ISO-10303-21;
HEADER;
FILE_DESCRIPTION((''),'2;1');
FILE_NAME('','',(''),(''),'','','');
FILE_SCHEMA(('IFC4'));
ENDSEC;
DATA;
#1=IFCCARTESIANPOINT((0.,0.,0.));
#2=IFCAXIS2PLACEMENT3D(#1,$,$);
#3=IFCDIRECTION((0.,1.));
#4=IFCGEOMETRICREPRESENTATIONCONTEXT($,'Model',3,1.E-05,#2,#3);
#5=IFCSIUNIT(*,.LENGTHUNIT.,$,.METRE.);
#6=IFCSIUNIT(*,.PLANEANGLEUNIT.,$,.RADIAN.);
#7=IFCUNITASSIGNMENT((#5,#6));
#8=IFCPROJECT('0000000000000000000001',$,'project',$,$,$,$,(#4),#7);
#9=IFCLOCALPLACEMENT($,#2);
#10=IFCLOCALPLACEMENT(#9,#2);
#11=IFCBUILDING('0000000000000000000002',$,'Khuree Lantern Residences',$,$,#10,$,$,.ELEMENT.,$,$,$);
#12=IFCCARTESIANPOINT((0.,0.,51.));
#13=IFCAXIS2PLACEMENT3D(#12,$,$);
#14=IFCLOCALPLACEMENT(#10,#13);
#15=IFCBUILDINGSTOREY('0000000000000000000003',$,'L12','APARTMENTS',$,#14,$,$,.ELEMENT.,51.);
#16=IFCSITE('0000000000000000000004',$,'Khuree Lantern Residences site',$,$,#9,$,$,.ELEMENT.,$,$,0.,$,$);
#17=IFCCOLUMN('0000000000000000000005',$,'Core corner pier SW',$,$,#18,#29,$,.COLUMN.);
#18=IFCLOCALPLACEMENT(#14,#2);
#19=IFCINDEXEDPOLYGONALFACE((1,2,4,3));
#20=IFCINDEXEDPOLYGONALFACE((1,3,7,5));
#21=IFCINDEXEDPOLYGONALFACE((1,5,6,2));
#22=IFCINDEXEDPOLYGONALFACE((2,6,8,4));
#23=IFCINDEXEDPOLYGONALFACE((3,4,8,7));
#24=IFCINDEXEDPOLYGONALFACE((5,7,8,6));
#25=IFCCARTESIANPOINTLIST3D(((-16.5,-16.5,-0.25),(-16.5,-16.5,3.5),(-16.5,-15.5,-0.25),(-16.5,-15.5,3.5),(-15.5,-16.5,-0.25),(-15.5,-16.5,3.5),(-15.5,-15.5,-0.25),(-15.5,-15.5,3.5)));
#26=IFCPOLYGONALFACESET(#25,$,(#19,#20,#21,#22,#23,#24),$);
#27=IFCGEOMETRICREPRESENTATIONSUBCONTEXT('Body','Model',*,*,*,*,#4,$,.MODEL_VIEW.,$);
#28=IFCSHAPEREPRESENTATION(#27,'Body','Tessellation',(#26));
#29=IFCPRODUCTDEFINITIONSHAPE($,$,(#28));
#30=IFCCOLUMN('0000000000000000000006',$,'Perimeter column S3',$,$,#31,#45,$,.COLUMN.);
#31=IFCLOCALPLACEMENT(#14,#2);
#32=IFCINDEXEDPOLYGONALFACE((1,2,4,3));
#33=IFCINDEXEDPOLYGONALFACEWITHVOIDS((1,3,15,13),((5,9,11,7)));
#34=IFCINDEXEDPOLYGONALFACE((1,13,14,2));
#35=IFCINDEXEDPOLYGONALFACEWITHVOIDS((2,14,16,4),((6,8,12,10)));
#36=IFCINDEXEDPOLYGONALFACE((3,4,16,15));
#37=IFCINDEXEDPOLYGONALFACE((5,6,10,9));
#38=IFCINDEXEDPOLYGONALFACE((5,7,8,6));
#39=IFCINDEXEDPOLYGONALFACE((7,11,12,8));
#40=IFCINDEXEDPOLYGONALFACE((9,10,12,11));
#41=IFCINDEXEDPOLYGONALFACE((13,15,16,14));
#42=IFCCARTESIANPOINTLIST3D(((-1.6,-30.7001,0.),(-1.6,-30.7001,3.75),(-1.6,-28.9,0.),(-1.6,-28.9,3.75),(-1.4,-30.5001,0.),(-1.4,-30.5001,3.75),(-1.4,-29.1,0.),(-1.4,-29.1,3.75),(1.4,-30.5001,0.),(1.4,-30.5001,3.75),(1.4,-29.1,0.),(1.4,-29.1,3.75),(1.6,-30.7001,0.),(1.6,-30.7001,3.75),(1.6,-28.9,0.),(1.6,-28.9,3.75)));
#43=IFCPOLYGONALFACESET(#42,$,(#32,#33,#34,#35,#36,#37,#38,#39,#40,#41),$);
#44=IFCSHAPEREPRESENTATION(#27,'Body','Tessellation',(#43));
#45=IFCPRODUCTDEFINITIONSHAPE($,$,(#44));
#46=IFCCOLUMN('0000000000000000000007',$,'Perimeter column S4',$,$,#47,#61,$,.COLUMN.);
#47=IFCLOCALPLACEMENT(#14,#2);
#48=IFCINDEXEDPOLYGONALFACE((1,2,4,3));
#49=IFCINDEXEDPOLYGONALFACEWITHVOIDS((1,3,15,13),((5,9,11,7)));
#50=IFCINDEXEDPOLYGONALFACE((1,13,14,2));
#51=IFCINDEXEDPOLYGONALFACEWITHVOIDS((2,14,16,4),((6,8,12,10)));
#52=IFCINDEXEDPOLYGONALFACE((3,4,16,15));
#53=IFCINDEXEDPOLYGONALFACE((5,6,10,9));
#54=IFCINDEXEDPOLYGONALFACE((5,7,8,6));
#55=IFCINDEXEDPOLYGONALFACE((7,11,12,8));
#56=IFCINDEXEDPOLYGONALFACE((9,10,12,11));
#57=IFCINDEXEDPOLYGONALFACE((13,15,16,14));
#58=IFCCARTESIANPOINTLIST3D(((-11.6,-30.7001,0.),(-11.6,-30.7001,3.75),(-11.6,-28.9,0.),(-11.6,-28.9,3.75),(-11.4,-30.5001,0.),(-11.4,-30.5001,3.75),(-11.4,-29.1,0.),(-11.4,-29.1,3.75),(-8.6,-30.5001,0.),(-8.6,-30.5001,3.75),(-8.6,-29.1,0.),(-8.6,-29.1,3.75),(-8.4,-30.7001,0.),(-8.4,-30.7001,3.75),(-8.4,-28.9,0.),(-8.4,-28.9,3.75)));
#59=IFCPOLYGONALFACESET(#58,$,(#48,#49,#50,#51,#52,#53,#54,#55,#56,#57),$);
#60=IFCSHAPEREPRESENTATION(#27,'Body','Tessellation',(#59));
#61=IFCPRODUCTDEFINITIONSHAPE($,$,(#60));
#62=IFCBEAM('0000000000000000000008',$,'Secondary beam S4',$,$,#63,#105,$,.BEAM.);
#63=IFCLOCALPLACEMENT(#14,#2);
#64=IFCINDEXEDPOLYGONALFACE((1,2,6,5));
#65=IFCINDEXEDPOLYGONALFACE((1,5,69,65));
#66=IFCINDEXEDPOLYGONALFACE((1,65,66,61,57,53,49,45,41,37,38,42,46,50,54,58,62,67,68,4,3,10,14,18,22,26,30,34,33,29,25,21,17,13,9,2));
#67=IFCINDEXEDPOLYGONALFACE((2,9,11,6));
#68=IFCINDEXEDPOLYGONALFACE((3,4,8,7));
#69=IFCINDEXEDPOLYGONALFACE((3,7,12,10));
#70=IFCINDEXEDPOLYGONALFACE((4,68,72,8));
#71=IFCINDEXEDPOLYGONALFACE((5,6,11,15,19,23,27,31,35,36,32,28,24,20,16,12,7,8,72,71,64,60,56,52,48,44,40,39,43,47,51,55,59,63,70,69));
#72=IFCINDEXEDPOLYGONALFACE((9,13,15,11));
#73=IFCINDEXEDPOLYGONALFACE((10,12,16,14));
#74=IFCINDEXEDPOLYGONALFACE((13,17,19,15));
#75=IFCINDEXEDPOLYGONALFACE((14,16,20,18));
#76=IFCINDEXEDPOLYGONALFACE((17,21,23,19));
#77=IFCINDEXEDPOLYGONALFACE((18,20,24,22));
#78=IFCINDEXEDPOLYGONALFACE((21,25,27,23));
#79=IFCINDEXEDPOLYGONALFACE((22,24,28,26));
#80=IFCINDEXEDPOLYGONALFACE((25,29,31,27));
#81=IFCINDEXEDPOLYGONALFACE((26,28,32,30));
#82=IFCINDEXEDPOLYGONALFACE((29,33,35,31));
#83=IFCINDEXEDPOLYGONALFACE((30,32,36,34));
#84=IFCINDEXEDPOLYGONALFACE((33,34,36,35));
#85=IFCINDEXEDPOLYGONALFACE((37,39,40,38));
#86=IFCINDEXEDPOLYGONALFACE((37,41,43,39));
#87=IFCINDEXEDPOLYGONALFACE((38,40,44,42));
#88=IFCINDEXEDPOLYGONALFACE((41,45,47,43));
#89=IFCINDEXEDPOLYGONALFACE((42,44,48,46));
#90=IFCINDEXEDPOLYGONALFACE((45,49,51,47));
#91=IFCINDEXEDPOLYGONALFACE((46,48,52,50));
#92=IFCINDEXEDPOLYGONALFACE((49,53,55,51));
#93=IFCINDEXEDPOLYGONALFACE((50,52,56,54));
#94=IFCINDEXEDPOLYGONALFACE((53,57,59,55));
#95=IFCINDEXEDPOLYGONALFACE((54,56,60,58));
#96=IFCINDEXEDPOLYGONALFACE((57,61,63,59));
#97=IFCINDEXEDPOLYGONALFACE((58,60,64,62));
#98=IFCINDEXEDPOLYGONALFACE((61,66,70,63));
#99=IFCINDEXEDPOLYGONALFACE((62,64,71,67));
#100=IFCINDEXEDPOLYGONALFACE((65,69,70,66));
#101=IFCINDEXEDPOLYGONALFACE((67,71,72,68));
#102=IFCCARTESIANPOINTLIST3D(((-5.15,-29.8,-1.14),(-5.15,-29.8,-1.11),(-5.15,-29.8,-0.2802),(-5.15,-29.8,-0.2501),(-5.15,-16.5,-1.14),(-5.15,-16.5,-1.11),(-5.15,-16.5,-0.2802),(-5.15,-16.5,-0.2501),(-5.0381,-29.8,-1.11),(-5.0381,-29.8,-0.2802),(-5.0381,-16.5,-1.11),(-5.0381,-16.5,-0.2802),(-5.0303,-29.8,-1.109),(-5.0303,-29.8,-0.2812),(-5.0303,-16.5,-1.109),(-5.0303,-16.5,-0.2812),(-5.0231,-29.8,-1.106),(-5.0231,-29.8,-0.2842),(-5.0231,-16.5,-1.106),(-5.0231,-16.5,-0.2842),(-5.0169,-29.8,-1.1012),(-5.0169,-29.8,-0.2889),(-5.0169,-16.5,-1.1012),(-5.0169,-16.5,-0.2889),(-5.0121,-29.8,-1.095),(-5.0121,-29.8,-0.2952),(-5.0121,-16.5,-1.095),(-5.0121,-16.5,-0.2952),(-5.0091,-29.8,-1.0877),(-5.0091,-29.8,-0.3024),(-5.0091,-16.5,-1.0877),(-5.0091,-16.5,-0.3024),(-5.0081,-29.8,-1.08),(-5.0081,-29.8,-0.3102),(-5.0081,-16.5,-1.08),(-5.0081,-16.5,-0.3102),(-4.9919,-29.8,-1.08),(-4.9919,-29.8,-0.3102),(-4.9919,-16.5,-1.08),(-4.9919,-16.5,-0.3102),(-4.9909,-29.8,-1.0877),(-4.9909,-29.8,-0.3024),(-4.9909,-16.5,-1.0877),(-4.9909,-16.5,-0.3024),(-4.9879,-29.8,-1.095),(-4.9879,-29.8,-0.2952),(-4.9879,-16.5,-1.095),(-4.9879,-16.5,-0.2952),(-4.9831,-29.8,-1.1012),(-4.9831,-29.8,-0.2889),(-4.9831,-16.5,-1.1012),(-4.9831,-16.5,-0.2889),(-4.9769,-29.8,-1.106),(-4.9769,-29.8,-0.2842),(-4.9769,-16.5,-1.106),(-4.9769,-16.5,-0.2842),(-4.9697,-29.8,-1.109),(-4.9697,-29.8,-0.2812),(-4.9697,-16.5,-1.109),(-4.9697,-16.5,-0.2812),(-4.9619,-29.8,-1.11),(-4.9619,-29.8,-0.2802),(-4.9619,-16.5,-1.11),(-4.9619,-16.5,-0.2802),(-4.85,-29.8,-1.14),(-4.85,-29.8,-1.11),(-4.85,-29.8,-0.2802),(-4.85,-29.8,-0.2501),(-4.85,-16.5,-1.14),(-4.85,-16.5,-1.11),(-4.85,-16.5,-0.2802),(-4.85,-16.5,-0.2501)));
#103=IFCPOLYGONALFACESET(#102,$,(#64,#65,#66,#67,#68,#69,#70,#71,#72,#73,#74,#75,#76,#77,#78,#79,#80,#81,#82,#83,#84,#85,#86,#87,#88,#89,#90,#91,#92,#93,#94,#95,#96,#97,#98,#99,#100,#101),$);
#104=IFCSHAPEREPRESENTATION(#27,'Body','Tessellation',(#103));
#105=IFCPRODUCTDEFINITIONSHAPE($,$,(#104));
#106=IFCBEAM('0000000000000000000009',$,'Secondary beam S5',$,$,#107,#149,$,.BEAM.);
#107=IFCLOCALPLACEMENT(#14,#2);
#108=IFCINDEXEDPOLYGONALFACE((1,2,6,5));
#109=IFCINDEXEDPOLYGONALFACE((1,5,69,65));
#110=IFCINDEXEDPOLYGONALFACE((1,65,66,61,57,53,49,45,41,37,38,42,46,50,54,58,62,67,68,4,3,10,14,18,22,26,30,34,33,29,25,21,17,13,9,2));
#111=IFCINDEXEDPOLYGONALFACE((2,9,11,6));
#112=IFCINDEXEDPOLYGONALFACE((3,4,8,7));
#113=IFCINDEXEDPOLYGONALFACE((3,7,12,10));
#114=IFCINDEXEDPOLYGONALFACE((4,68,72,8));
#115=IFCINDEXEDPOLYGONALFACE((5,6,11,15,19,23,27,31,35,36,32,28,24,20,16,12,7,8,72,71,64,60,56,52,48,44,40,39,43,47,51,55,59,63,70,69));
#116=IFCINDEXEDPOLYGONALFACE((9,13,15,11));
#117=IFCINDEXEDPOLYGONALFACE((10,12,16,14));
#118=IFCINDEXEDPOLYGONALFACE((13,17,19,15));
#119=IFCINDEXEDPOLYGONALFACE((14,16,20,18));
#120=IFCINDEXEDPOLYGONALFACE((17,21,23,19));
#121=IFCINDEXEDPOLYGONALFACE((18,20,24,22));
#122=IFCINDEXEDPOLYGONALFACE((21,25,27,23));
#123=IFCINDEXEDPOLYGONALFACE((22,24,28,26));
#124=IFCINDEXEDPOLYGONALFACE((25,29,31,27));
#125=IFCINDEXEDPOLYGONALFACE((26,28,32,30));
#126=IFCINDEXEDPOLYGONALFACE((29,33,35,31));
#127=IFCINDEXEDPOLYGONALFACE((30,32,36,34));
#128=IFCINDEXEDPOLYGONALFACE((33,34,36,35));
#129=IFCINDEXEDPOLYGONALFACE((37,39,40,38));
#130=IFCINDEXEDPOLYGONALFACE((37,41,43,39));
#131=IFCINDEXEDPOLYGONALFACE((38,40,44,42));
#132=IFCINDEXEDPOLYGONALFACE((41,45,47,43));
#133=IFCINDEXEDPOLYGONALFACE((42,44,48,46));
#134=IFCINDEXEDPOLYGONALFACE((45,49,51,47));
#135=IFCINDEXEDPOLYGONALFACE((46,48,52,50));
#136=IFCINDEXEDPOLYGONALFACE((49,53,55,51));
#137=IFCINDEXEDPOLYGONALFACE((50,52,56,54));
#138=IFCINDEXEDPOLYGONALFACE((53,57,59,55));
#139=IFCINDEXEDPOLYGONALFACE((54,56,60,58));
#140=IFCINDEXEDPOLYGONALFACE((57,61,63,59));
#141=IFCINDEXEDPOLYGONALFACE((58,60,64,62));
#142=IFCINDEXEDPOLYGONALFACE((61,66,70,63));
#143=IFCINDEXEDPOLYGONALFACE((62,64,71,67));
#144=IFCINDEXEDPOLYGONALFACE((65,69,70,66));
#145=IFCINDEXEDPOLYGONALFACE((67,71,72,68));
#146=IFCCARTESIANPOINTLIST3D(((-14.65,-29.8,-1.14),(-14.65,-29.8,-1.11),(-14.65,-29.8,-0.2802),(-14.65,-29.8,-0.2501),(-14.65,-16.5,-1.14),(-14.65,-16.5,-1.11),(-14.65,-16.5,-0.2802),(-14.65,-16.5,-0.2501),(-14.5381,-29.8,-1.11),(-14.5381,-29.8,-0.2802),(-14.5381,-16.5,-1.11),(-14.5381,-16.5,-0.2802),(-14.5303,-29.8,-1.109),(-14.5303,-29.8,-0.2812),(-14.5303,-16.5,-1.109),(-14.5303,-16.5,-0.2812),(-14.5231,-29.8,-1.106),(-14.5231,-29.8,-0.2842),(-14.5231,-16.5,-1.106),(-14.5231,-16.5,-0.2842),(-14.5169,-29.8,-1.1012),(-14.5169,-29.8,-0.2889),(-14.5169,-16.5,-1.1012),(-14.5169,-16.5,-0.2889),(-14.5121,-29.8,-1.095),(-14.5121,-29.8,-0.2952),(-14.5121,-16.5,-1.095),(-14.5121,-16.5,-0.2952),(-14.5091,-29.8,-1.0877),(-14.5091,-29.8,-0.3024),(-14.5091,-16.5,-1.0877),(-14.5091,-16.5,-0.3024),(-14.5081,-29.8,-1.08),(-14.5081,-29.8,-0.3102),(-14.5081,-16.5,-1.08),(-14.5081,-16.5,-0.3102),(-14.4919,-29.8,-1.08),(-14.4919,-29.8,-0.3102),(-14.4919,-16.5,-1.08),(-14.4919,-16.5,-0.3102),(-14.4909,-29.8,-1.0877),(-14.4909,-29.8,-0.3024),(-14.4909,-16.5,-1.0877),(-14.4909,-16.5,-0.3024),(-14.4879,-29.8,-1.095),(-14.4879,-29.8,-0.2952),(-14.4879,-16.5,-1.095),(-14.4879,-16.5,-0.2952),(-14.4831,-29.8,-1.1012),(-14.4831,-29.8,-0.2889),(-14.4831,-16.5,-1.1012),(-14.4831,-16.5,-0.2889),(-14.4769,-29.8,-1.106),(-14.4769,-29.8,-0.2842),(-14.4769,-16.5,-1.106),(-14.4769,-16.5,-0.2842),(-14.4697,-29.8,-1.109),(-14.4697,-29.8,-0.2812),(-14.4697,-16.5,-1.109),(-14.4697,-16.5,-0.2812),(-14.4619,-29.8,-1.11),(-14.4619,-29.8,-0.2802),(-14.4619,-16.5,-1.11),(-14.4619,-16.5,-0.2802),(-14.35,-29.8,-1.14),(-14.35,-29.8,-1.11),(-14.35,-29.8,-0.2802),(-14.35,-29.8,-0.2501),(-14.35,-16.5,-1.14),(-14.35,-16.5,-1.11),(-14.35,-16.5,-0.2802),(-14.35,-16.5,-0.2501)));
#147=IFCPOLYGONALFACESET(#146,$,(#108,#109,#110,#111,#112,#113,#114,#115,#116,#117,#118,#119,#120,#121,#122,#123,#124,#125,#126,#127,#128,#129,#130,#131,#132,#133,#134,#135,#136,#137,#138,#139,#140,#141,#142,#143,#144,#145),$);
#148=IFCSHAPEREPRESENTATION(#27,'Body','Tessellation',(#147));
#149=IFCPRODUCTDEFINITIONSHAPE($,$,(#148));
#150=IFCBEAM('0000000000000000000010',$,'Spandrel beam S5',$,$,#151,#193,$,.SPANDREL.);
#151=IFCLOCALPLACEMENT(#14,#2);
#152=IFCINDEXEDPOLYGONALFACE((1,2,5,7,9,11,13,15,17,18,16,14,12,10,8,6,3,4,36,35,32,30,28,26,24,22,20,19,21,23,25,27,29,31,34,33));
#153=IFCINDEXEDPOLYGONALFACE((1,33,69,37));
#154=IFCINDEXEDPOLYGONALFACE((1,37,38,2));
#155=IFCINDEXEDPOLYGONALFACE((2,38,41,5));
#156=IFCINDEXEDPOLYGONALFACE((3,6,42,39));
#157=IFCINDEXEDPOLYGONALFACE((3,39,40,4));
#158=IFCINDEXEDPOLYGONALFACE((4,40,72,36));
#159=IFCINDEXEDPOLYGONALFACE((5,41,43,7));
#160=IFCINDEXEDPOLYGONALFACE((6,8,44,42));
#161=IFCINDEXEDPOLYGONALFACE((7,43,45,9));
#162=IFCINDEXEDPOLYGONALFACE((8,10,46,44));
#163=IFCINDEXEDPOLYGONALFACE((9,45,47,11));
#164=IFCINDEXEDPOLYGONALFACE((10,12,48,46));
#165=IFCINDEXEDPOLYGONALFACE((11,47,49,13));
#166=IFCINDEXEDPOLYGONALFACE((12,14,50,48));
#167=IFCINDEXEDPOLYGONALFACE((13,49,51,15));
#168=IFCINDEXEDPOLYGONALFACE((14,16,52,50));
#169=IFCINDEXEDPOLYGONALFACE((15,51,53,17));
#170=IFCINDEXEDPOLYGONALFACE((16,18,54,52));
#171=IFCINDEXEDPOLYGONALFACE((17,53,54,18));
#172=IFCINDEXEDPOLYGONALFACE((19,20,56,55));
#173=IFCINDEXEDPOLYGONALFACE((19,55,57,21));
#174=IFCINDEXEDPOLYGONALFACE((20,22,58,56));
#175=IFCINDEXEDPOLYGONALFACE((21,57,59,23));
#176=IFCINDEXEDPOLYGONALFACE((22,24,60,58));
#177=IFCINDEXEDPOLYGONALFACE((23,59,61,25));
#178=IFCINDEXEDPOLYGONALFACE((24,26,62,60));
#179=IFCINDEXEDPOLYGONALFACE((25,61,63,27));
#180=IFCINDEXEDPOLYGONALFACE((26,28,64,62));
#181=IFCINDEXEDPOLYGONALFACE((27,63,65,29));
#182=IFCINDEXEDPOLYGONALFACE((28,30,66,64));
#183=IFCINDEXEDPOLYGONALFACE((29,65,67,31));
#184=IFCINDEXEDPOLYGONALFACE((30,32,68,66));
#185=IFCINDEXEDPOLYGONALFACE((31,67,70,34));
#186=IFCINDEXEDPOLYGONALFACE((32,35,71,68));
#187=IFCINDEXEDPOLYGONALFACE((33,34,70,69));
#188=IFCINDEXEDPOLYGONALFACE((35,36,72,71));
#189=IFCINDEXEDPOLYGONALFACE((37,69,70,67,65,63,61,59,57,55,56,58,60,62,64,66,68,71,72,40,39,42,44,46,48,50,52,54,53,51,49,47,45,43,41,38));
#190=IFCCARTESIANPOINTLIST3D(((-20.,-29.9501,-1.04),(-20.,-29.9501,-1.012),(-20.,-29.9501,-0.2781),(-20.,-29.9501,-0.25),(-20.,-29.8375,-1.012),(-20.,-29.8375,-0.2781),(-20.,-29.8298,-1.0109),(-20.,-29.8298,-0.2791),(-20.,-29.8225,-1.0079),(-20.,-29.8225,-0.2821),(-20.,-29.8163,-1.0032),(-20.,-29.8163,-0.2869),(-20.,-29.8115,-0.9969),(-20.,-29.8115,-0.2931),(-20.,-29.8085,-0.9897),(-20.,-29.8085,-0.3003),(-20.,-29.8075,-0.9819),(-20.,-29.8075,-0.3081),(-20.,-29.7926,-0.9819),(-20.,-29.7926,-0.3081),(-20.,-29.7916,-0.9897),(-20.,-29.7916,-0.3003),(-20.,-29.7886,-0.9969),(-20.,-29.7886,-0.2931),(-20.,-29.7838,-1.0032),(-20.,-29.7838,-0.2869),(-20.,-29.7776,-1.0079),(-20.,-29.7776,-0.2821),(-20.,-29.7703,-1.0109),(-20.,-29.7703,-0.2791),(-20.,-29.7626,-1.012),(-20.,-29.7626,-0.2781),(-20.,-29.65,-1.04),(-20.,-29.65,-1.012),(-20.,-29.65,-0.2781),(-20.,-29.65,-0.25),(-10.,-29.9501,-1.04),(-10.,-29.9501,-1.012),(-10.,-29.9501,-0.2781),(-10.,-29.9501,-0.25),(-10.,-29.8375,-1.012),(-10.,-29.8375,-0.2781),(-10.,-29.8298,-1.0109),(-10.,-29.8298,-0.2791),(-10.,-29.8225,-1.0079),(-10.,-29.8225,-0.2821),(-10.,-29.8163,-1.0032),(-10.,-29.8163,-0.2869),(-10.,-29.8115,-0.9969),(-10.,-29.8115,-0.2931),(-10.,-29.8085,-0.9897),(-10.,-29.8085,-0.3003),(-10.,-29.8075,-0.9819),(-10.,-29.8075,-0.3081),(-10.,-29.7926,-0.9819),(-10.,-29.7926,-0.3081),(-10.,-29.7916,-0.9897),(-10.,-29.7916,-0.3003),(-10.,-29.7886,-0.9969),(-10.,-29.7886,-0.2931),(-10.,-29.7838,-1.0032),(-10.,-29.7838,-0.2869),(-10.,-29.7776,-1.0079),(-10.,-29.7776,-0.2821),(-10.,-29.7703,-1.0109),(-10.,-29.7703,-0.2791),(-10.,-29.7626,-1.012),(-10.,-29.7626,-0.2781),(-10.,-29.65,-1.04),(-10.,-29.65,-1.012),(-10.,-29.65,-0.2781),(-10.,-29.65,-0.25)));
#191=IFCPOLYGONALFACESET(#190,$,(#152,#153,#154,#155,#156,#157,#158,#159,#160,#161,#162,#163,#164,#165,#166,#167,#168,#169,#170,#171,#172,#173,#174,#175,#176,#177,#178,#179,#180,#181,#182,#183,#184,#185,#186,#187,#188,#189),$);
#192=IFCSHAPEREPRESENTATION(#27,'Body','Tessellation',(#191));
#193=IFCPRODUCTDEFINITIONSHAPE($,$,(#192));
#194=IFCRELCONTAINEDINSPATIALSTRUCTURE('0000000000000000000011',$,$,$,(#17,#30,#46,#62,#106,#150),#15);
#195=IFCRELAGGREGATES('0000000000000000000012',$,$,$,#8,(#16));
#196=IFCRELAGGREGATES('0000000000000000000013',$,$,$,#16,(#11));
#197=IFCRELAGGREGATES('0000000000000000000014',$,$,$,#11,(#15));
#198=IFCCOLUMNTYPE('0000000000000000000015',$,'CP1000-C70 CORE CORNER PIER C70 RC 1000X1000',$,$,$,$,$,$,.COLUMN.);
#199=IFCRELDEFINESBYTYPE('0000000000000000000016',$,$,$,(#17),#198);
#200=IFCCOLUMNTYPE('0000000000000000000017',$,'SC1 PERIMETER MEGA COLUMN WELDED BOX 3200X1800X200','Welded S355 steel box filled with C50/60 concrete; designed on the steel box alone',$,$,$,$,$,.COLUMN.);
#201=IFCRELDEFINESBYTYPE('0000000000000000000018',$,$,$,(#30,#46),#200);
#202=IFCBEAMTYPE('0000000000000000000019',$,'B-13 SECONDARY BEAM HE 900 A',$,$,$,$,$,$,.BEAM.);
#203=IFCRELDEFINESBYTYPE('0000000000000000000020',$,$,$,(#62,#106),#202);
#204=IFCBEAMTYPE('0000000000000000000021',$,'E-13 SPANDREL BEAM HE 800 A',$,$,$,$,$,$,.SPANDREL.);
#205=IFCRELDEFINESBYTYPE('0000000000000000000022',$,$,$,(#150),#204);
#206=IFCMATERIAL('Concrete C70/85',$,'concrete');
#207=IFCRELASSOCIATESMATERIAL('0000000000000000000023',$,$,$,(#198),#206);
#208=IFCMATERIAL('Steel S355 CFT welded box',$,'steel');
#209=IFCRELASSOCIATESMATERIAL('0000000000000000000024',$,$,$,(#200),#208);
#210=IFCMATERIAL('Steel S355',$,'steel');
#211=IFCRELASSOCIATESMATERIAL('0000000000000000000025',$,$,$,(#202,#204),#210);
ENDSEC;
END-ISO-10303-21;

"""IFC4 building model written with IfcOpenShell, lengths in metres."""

from ifc_helpers import new_model, si_unit, direction, frame, origin, origin_2d, place, context, subcontext, project, spatial, rectangle, hollow_rectangle, i_section, extrude, material, material_profile, profile_set, type_object, element, save


model = new_model("IFC4")

# Units and contexts
model_context = context("Model", 3, precision=1e-05, world=origin(), true_north=direction((0.0, 1.0)))
body_context = subcontext(model_context, "Body", "Model", "MODEL_VIEW")
ifc_project = project(units=[si_unit("LENGTHUNIT", "METRE"), si_unit("PLANEANGLEUNIT", "RADIAN")], contexts=[model_context])

# Site, building, storey
site_placement = place(None, origin())
site = spatial("IfcSite", under=ifc_project, at=site_placement, Name="Khuree Lantern Residences site", CompositionType="ELEMENT", RefElevation=0.0)
building_placement = place(site_placement, origin())
building = spatial("IfcBuilding", under=site, at=building_placement, Name="Khuree Lantern Residences", CompositionType="ELEMENT")
storey_placement = place(building_placement, frame((0.0, 0.0, 51.0)))
storey = spatial("IfcBuildingStorey", under=building, at=storey_placement, Name="L12", Description="APARTMENTS", CompositionType="ELEMENT", Elevation=51.0)

# Columns
ifc_material_1 = material(Name="Concrete C70/85", Category="concrete")
ifc_material_profile_1 = material_profile(ifc_material_1, rectangle(XDim=1.0, YDim=1.0, at=origin_2d()), Name="RC 1000X1000")
ifc_profile_set_1 = profile_set([ifc_material_profile_1], Name="Concrete C70/85")
column_type_1 = type_object("IfcColumnType", Name="CP1000-C70 CORE CORNER PIER C70 RC 1000X1000", PredefinedType="COLUMN", material=ifc_profile_set_1)
column_placement = place(storey_placement, frame((-16.0, -16.0, -0.25), z_axis=(0.0, 0.0, 1.0), x_axis=(1.0, 0.0, 0.0)))
element("IfcColumn", 1, at=column_placement, inside=storey, type_object=column_type_1, Name="Core corner pier SW", PredefinedType="COLUMN", context=body_context, shape_type="SweptSolid", body=[
    extrude(rectangle(XDim=1.0, YDim=1.0, at=origin_2d()), origin(), (0.0, 0.0, 1.0), 3.75),
])
ifc_material_2 = material(Name="Steel S355 CFT welded box", Category="steel")
ifc_material_profile_2 = material_profile(ifc_material_2, hollow_rectangle(XDim=3.2, YDim=1.8, WallThickness=0.2, at=origin_2d()), Name="WELDED BOX 3200X1800X200")
ifc_profile_set_2 = profile_set([ifc_material_profile_2], Name="Steel S355 CFT welded box")
column_type_2 = type_object("IfcColumnType", Name="SC1 PERIMETER MEGA COLUMN WELDED BOX 3200X1800X200", Description="Welded S355 steel box filled with C50/60 concrete; designed on the steel box alone", PredefinedType="COLUMN", material=ifc_profile_set_2)
for number, where, z_axis, x_axis, name in (
    (2, (0.0, -29.8, 0.0), (0.0, 0.0, 1.0), (1.0, 0.0, 0.0), "Perimeter column S3"),
    (3, (-10.0, -29.8, 0.0), (0.0, 0.0, 1.0), (1.0, 0.0, 0.0), "Perimeter column S4"),
):
    element("IfcColumn", number, at=place(storey_placement, frame(where, z_axis=z_axis, x_axis=x_axis)), inside=storey, type_object=column_type_2, Name=name, PredefinedType="COLUMN", context=body_context, shape_type="SweptSolid", body=[
        extrude(hollow_rectangle(XDim=3.2, YDim=1.8, WallThickness=0.2, at=origin_2d()), origin(), (0.0, 0.0, 1.0), 3.75),
    ])

# Beams
ifc_material_3 = material(Name="Steel S355", Category="steel")
ifc_material_profile_3 = material_profile(ifc_material_3, i_section(OverallWidth=0.3, OverallDepth=0.8899, WebThickness=0.0161, FlangeThickness=0.03, FilletRadius=0.03, at=origin_2d()), Name="HE 900 A")
ifc_profile_set_3 = profile_set([ifc_material_profile_3], Name="Steel S355")
beam_type_1 = type_object("IfcBeamType", Name="B-13 SECONDARY BEAM HE 900 A", PredefinedType="BEAM", material=ifc_profile_set_3)
for number, where, z_axis, x_axis, name in (
    (4, (-5.0, -29.8, -0.6951), (0.0, 1.0, 0.0), (-1.0, 0.0, 0.0), "Secondary beam S4"),
    (5, (-14.5, -29.8, -0.6951), (0.0, 1.0, 0.0), (-1.0, 0.0, 0.0), "Secondary beam S5"),
):
    element("IfcBeam", number, at=place(storey_placement, frame(where, z_axis=z_axis, x_axis=x_axis)), inside=storey, type_object=beam_type_1, Name=name, PredefinedType="BEAM", context=body_context, shape_type="SweptSolid", body=[
        extrude(i_section(OverallWidth=0.3, OverallDepth=0.8899, WebThickness=0.0161, FlangeThickness=0.03, FilletRadius=0.03, at=origin_2d()), origin(), (0.0, 0.0, 1.0), 13.3),
    ])
ifc_material_profile_4 = material_profile(ifc_material_3, i_section(OverallWidth=0.3, OverallDepth=0.79, WebThickness=0.0149, FlangeThickness=0.0281, FilletRadius=0.03, at=origin_2d()), Name="HE 800 A")
ifc_profile_set_4 = profile_set([ifc_material_profile_4], Name="Steel S355")
beam_type_2 = type_object("IfcBeamType", Name="E-13 SPANDREL BEAM HE 800 A", PredefinedType="SPANDREL", material=ifc_profile_set_4)
beam_1_placement = place(storey_placement, frame((-10.0, -29.8, -0.645), z_axis=(-1.0, 0.0, 0.0), x_axis=(0.0, -1.0, 0.0)))
element("IfcBeam", 6, at=beam_1_placement, inside=storey, type_object=beam_type_2, Name="Spandrel beam S5", PredefinedType="SPANDREL", context=body_context, shape_type="SweptSolid", body=[
    extrude(i_section(OverallWidth=0.3, OverallDepth=0.79, WebThickness=0.0149, FlangeThickness=0.0281, FilletRadius=0.03, at=origin_2d()), origin(), (0.0, 0.0, 1.0), 10.0),
])

save(model, "model.ifc")
